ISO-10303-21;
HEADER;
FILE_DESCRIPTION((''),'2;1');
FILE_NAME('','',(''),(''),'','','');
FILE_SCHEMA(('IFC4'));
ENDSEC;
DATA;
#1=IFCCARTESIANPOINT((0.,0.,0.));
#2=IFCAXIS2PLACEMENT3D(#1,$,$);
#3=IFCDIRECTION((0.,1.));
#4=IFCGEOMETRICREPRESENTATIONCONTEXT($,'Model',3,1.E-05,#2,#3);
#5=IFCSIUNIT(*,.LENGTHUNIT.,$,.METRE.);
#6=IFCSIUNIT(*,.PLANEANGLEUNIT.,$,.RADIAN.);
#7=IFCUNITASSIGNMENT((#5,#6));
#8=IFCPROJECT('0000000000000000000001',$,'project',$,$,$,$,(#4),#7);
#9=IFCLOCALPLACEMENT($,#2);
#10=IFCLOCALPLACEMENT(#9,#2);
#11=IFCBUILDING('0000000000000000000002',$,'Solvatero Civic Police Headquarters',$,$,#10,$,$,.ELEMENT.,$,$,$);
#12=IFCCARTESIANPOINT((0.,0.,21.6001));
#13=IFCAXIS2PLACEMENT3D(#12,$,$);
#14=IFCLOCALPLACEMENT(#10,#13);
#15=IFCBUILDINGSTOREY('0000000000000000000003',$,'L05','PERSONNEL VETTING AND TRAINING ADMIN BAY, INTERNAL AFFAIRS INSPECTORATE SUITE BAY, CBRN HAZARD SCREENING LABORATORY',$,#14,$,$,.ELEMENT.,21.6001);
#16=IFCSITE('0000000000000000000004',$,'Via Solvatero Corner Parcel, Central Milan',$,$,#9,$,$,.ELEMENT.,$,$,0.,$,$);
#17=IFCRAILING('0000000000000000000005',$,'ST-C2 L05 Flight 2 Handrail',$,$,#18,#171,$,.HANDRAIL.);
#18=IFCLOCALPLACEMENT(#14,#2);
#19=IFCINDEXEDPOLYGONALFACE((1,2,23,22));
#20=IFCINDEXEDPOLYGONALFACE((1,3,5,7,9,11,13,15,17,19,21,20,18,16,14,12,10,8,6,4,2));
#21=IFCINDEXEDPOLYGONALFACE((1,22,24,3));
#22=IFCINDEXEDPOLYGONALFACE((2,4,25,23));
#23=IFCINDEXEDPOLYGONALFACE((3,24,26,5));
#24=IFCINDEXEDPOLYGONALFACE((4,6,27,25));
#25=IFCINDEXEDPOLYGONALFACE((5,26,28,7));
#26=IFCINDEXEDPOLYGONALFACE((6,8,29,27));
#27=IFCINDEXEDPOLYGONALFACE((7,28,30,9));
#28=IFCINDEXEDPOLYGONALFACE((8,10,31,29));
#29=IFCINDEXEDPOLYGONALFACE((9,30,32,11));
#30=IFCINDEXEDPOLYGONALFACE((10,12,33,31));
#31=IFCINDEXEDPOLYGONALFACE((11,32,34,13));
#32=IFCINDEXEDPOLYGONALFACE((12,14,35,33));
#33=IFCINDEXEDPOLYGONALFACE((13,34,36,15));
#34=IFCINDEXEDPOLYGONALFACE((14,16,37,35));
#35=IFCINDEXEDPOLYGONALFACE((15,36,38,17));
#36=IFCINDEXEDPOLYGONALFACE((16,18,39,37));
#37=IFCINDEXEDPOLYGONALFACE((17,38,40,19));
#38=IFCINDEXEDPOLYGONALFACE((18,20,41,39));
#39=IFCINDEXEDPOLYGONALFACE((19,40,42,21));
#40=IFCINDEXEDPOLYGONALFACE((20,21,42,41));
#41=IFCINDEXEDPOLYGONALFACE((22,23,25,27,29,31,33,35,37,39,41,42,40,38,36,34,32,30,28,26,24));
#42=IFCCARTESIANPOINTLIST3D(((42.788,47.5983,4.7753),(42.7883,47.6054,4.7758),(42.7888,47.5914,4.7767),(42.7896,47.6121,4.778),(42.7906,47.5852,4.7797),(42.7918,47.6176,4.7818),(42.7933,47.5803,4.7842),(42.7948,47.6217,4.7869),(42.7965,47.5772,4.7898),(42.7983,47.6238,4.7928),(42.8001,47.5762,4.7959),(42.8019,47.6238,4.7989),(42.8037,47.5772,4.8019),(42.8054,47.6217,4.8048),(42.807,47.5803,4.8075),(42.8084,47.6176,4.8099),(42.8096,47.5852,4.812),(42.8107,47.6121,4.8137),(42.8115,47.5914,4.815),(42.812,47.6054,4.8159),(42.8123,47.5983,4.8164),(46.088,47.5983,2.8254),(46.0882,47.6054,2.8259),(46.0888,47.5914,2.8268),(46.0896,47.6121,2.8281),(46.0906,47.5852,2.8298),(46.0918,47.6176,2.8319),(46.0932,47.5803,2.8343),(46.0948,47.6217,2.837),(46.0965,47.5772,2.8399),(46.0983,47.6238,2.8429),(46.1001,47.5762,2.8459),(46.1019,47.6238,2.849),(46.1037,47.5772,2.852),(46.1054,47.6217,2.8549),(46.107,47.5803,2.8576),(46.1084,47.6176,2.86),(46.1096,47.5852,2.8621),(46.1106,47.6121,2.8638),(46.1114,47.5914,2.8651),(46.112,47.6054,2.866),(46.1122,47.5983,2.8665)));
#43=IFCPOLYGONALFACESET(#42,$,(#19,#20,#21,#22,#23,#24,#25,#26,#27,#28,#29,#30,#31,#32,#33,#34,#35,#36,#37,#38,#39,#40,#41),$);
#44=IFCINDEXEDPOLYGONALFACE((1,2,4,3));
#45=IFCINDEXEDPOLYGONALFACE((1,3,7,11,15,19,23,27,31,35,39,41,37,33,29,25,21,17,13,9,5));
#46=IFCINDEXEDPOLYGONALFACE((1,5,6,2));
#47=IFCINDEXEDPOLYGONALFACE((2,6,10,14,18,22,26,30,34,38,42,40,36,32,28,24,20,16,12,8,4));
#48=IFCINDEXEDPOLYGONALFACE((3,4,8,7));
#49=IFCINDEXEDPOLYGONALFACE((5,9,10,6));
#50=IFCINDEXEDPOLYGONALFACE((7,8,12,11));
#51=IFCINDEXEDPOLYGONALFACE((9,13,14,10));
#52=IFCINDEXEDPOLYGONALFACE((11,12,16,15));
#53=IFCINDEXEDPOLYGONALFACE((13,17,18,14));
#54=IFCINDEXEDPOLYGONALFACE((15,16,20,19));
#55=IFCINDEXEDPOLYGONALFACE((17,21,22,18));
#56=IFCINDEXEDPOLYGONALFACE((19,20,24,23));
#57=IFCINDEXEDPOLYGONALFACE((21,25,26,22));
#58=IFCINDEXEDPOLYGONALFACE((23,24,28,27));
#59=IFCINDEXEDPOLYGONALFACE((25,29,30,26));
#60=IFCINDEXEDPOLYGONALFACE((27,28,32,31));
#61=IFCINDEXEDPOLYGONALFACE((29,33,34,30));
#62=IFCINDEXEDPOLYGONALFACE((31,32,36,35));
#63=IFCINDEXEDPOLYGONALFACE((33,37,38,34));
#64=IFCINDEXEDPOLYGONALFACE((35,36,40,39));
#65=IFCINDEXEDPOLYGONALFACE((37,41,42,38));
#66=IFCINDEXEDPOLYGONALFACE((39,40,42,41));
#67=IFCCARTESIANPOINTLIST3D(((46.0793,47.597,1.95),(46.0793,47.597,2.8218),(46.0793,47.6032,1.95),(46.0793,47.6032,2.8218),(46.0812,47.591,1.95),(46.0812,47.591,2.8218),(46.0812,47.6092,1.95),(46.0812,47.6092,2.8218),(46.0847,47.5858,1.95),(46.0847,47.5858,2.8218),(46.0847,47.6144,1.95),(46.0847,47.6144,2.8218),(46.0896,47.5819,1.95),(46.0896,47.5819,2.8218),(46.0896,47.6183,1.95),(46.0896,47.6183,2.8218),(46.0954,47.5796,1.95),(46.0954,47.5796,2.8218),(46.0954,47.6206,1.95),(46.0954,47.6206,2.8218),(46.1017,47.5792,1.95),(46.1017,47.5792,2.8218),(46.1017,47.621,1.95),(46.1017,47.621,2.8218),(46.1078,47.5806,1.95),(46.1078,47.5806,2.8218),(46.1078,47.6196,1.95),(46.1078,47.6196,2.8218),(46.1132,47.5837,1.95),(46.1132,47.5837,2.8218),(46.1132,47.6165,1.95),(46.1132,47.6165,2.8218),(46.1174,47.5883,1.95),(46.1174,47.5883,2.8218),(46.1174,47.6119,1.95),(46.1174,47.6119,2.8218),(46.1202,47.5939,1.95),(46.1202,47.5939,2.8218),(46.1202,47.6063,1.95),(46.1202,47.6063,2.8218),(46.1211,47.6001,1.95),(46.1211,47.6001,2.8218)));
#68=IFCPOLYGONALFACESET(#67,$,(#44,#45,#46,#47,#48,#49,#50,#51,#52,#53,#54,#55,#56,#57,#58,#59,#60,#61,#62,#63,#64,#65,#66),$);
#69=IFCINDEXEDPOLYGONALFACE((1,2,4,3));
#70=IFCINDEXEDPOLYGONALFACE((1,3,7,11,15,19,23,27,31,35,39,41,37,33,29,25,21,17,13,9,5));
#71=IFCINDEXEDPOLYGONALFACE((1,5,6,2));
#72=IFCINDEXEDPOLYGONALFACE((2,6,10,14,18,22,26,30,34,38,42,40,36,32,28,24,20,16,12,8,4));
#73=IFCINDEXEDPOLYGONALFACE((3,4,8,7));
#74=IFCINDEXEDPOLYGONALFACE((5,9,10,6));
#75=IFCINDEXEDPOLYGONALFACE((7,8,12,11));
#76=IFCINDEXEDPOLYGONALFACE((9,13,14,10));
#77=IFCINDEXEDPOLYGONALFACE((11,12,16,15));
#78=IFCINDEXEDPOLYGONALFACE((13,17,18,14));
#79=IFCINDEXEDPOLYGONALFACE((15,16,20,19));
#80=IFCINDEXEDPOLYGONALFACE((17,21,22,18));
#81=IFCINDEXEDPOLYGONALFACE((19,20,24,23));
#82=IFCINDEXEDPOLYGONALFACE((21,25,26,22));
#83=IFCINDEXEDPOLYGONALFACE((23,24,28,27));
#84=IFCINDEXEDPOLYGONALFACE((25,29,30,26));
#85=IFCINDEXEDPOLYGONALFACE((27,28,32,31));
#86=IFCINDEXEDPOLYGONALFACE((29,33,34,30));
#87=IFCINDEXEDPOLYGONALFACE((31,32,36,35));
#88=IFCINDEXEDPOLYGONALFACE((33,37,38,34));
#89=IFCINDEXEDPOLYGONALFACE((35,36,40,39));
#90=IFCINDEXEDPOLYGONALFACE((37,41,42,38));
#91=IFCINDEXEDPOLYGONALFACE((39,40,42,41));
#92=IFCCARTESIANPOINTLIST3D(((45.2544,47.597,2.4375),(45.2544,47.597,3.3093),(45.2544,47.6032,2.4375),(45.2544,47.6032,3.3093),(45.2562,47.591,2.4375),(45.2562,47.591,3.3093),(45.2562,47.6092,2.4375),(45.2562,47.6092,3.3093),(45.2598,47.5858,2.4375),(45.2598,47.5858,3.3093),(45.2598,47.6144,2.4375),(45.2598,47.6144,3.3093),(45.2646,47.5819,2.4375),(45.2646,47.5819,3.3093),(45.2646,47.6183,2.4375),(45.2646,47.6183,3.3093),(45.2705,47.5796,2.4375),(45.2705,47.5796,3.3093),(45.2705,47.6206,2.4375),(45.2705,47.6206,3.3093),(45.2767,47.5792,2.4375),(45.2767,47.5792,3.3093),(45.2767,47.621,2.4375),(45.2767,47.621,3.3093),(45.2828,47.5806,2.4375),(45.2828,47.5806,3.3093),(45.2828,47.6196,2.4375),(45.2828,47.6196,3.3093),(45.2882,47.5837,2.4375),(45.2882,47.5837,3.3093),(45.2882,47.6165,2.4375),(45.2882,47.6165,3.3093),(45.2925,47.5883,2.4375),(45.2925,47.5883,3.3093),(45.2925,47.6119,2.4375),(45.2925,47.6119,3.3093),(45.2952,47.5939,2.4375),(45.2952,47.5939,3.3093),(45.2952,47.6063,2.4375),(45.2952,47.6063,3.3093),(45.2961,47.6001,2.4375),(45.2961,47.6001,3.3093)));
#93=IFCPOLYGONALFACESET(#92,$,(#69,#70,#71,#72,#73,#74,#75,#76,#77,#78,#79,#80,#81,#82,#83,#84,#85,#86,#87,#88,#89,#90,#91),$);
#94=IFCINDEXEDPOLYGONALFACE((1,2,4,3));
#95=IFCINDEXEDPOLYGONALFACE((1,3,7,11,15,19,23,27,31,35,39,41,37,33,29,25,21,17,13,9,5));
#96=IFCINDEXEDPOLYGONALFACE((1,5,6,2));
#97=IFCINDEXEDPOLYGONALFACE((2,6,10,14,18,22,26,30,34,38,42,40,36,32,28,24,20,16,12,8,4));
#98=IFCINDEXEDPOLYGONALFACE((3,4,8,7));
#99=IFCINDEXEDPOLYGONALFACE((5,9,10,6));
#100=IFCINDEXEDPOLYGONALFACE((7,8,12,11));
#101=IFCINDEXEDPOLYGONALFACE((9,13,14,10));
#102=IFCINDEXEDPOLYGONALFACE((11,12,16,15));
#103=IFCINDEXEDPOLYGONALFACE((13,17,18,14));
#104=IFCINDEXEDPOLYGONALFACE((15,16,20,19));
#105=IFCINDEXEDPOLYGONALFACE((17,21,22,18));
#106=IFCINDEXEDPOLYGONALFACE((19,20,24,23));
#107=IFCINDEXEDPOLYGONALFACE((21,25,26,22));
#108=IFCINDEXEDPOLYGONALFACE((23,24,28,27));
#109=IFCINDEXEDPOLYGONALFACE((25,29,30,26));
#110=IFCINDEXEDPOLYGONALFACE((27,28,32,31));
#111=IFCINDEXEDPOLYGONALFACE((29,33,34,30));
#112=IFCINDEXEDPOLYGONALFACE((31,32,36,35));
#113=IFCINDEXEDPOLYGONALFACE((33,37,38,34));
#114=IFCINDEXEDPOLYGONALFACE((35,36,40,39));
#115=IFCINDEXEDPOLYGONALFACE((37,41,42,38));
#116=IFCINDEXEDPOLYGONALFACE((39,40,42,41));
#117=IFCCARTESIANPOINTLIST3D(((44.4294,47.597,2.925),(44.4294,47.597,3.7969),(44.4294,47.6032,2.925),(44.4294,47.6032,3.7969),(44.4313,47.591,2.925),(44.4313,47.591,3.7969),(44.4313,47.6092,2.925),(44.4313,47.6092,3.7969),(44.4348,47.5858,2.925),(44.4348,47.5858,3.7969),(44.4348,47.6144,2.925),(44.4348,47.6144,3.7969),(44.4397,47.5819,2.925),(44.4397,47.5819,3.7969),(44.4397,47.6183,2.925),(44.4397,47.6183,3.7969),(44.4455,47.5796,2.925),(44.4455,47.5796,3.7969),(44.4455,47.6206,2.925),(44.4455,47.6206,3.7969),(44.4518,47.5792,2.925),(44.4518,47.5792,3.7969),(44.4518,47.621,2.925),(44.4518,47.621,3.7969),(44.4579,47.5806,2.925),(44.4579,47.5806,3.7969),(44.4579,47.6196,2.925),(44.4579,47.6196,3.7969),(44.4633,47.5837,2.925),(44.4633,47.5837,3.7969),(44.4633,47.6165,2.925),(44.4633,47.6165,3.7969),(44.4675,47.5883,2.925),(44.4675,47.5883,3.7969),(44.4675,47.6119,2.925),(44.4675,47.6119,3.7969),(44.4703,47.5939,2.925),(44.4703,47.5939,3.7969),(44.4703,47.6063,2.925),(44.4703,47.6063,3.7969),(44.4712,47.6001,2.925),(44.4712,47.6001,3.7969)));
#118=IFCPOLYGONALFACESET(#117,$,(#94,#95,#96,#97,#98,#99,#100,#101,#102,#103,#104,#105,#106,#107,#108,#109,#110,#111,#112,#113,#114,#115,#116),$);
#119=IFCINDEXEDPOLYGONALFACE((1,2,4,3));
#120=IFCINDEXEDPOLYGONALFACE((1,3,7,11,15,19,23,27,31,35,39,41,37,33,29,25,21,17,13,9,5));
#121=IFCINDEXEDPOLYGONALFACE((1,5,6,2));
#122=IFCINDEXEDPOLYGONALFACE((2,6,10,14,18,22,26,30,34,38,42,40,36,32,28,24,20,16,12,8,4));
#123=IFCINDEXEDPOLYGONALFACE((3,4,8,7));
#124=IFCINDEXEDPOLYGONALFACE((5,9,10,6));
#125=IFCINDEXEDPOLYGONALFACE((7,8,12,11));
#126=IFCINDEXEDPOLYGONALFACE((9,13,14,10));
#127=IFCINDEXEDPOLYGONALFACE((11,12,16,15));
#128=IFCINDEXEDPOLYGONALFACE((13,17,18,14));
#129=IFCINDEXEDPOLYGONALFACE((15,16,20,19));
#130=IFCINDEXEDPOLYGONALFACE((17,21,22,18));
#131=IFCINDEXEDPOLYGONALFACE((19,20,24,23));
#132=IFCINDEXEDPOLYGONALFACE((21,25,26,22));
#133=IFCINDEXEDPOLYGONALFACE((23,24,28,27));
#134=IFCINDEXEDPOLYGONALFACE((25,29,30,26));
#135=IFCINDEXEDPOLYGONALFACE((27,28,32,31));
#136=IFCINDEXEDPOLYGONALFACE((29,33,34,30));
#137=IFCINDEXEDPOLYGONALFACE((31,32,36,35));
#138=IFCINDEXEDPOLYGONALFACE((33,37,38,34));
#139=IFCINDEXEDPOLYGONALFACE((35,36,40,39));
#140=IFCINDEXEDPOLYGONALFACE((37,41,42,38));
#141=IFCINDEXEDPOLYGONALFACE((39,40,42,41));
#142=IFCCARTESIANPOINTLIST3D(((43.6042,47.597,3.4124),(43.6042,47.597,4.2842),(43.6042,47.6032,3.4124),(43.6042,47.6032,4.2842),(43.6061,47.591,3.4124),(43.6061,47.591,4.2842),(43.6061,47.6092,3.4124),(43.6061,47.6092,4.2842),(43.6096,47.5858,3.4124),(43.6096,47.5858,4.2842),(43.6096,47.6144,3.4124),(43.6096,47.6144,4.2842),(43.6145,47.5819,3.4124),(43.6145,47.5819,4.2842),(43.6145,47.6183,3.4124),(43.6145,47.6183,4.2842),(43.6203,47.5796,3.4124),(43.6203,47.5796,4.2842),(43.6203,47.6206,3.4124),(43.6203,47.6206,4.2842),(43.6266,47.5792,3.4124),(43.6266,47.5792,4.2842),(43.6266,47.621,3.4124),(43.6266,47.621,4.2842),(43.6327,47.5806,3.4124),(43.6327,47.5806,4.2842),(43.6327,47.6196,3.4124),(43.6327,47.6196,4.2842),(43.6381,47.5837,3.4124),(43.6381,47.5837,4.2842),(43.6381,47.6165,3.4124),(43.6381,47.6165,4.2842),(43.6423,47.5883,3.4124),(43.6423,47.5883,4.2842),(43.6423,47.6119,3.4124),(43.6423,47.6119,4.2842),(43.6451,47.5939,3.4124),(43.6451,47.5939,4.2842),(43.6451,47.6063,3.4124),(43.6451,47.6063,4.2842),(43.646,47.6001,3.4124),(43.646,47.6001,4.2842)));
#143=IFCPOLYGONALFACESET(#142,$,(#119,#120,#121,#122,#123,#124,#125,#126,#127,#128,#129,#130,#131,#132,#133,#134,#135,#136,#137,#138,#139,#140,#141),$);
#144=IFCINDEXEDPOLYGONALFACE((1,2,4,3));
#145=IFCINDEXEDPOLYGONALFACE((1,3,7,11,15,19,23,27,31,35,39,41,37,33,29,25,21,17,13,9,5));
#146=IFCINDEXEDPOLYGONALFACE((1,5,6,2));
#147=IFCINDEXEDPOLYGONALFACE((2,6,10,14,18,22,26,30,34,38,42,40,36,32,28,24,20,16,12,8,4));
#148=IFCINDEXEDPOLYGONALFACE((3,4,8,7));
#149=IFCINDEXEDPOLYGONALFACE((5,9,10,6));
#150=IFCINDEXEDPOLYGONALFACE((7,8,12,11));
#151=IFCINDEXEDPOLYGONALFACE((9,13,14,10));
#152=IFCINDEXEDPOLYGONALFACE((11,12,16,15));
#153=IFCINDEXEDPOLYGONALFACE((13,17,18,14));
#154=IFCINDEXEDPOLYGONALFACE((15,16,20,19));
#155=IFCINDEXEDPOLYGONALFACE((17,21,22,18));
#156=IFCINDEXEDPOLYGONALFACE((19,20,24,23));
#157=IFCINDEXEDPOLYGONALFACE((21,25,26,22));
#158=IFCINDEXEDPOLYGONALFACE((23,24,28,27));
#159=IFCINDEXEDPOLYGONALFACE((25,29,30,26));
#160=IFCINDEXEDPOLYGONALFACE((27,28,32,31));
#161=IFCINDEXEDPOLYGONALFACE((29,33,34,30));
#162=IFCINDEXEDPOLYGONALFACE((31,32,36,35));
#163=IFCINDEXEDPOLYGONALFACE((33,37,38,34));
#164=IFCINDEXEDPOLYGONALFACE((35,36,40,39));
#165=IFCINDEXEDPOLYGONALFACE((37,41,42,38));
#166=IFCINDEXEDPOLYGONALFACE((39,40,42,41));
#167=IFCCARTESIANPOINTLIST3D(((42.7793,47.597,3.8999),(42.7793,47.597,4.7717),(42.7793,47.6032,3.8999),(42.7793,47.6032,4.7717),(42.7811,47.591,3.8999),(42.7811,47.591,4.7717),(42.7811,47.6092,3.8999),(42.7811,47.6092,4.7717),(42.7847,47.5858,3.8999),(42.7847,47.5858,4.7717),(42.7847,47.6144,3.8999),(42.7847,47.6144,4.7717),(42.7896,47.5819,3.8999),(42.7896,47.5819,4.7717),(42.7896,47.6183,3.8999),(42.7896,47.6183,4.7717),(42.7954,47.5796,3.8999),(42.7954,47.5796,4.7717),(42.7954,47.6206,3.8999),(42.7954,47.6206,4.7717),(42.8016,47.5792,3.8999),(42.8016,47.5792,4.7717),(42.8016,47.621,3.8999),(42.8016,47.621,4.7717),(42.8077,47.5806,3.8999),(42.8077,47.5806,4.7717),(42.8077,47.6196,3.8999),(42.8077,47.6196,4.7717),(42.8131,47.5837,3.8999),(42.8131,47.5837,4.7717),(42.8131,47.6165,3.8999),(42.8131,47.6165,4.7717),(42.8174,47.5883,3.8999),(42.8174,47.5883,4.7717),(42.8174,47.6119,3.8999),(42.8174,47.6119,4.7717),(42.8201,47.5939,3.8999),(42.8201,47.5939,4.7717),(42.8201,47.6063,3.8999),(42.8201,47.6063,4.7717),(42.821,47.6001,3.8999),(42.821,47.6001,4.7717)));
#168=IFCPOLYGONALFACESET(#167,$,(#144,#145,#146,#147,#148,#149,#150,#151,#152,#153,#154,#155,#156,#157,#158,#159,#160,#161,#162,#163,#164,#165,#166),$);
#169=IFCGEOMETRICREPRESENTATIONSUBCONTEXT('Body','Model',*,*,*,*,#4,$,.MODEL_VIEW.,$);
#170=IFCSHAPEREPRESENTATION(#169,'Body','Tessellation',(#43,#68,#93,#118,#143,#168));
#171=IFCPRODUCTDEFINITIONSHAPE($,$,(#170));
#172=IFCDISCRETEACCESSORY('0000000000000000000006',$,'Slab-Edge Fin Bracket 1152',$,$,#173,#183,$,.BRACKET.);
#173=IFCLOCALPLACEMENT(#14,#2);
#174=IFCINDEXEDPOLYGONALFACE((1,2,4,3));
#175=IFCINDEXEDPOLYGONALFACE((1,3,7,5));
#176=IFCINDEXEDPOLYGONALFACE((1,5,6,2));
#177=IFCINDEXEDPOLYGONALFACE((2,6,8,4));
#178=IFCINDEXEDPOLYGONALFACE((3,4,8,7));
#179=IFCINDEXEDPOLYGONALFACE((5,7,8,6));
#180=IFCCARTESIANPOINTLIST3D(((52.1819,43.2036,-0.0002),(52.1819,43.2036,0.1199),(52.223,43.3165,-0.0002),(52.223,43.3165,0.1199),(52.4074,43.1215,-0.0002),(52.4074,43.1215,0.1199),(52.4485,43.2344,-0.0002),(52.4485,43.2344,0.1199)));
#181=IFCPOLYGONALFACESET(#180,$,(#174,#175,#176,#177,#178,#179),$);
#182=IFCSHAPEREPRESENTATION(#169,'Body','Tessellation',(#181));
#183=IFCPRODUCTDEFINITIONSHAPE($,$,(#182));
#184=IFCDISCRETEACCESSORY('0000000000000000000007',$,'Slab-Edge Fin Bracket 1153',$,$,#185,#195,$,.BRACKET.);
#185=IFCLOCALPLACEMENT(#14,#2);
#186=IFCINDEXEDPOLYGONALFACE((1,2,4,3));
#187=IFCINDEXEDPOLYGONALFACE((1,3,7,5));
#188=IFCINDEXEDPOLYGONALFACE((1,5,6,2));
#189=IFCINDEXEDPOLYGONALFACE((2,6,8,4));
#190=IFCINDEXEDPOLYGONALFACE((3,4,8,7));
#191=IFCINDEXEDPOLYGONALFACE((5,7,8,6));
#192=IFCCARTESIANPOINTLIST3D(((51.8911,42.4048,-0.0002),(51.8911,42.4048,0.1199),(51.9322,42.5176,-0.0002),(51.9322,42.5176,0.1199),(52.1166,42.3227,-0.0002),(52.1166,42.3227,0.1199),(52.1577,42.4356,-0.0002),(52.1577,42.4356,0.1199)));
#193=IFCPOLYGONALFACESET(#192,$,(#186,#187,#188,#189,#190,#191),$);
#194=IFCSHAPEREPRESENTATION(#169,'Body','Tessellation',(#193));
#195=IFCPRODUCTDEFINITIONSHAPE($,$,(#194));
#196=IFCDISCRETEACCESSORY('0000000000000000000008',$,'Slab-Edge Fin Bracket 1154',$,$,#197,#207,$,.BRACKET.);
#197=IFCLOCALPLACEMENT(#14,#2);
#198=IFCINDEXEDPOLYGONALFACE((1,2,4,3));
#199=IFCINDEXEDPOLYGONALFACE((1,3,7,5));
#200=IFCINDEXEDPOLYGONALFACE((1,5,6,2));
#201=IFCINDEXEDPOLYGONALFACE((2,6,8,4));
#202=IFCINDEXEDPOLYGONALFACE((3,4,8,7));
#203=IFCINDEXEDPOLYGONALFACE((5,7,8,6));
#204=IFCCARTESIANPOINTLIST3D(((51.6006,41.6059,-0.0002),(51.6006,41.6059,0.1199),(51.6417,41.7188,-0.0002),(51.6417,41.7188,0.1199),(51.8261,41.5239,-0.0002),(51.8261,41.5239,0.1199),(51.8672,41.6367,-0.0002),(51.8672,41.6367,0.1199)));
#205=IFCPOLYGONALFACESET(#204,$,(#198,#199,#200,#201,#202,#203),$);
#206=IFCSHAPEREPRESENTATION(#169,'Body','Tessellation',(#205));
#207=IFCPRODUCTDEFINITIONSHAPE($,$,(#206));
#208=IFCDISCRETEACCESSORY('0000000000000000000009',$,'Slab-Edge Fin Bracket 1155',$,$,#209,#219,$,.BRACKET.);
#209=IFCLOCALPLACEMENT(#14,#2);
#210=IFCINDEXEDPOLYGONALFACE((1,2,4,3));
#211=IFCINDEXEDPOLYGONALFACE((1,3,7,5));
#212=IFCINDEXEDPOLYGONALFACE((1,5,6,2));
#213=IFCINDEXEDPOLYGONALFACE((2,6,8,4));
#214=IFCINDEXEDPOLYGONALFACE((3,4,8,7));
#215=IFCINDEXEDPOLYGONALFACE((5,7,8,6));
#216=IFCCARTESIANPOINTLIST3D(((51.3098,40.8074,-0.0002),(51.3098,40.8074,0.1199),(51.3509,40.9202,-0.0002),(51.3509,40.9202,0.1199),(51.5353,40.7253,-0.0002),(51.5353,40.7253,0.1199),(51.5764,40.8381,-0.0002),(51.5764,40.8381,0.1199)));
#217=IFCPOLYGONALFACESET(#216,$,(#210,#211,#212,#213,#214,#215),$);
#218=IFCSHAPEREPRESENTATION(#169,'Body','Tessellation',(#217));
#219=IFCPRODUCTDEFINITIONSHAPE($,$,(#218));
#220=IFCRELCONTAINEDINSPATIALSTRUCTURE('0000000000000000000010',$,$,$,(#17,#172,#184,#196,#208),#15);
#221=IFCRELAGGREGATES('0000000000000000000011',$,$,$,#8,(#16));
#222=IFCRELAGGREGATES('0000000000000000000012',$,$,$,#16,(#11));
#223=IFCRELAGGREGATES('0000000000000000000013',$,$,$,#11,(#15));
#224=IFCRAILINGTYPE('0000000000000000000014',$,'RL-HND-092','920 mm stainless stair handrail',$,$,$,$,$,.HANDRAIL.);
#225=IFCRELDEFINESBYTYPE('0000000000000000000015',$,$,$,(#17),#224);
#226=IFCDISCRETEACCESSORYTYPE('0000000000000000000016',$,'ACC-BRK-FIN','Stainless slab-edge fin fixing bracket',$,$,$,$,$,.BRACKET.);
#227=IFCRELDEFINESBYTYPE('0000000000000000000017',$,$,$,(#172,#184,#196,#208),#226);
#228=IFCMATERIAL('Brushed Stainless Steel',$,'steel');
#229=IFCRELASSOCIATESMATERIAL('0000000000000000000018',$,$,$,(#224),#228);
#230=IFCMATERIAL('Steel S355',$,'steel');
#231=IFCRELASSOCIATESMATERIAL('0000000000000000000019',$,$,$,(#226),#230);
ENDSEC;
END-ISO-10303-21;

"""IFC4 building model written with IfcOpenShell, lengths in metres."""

from ifc_helpers import new_model, si_unit, direction, frame, origin, origin_2d, place, context, subcontext, project, spatial, rectangle, circle, extrude, material, type_object, element, save


model = new_model("IFC4")

# Units and contexts
model_context = context("Model", 3, precision=1e-05, world=origin(), true_north=direction((0.0, 1.0)))
body_context = subcontext(model_context, "Body", "Model", "MODEL_VIEW")
ifc_project = project(units=[si_unit("LENGTHUNIT", "METRE"), si_unit("PLANEANGLEUNIT", "RADIAN")], contexts=[model_context])

# Site, building, storey
site_placement = place(None, origin())
site = spatial("IfcSite", under=ifc_project, at=site_placement, Name="Via Solvatero Corner Parcel, Central Milan", CompositionType="ELEMENT", RefElevation=0.0)
building_placement = place(site_placement, origin())
building = spatial("IfcBuilding", under=site, at=building_placement, Name="Solvatero Civic Police Headquarters", CompositionType="ELEMENT")
storey_placement = place(building_placement, frame((0.0, 0.0, 21.6001)))
storey = spatial("IfcBuildingStorey", under=building, at=storey_placement, Name="L05", Description="PERSONNEL VETTING AND TRAINING ADMIN BAY, INTERNAL AFFAIRS INSPECTORATE SUITE BAY, CBRN HAZARD SCREENING LABORATORY", CompositionType="ELEMENT", Elevation=21.6001)

# Railing
ifc_material_1 = material(Name="Brushed Stainless Steel", Category="steel")
railing_type_1 = type_object("IfcRailingType", Name="RL-HND-092", Description="920 mm stainless stair handrail", PredefinedType="HANDRAIL", material=ifc_material_1)
railing_1_placement = place(storey_placement, frame((46.1001, 47.6001, 1.95)))
element("IfcRailing", 1, at=railing_1_placement, inside=storey, type_object=railing_type_1, Name="ST-C2 L05 Flight 2 Handrail", PredefinedType="HANDRAIL", context=body_context, shape_type="SweptSolid", body=[
    extrude(circle(Radius=0.0239, at=origin_2d()), frame((0.0, 0.0, 0.896), z_axis=(-0.860935, 0.0, 0.508714), x_axis=(0.0, -1.0, 0.0)), (0.0, 0.0, 1.0), 3.833),
    extrude(circle(Radius=0.021, at=origin_2d()), origin(), (0.0, 0.0, 1.0), 0.8718),
    extrude(circle(Radius=0.021, at=origin_2d()), frame((-0.825, 0.0, 0.4875)), (0.0, 0.0, 1.0), 0.8718),
    extrude(circle(Radius=0.021, at=origin_2d()), frame((-1.6499, 0.0, 0.9751)), (0.0, 0.0, 1.0), 0.8718),
    extrude(circle(Radius=0.021, at=origin_2d()), frame((-2.4751, 0.0, 1.4624)), (0.0, 0.0, 1.0), 0.8718),
    extrude(circle(Radius=0.021, at=origin_2d()), frame((-3.3, 0.0, 1.95)), (0.0, 0.0, 1.0), 0.8718),
])

# Discrete accessories
ifc_material_2 = material(Name="Steel S355", Category="steel")
discrete_accessory_type = type_object("IfcDiscreteAccessoryType", Name="ACC-BRK-FIN", Description="Stainless slab-edge fin fixing bracket", PredefinedType="BRACKET", material=ifc_material_2)
for number, where, z_axis, x_axis, name in (
    (2, (52.3152, 43.219, -0.0002), (0.0, 0.0, 1.0), (-0.34202, -0.939693, 0.0), "Slab-Edge Fin Bracket 1152"),
    (3, (52.0244, 42.4202, -0.0002), (0.0, 0.0, 1.0), (-0.34202, -0.939693, 0.0), "Slab-Edge Fin Bracket 1153"),
    (4, (51.7339, 41.6213, -0.0002), (0.0, 0.0, 1.0), (-0.34202, -0.939693, 0.0), "Slab-Edge Fin Bracket 1154"),
    (5, (51.4431, 40.8228, -0.0002), (0.0, 0.0, 1.0), (-0.34202, -0.939693, 0.0), "Slab-Edge Fin Bracket 1155"),
):
    element("IfcDiscreteAccessory", number, at=place(storey_placement, frame(where, z_axis=z_axis, x_axis=x_axis)), inside=storey, type_object=discrete_accessory_type, Name=name, PredefinedType="BRACKET", context=body_context, shape_type="SweptSolid", body=[
        extrude(rectangle(XDim=0.1201, YDim=0.24, at=origin_2d()), origin(), (0.0, 0.0, 1.0), 0.1201),
    ])

save(model, "model.ifc")
